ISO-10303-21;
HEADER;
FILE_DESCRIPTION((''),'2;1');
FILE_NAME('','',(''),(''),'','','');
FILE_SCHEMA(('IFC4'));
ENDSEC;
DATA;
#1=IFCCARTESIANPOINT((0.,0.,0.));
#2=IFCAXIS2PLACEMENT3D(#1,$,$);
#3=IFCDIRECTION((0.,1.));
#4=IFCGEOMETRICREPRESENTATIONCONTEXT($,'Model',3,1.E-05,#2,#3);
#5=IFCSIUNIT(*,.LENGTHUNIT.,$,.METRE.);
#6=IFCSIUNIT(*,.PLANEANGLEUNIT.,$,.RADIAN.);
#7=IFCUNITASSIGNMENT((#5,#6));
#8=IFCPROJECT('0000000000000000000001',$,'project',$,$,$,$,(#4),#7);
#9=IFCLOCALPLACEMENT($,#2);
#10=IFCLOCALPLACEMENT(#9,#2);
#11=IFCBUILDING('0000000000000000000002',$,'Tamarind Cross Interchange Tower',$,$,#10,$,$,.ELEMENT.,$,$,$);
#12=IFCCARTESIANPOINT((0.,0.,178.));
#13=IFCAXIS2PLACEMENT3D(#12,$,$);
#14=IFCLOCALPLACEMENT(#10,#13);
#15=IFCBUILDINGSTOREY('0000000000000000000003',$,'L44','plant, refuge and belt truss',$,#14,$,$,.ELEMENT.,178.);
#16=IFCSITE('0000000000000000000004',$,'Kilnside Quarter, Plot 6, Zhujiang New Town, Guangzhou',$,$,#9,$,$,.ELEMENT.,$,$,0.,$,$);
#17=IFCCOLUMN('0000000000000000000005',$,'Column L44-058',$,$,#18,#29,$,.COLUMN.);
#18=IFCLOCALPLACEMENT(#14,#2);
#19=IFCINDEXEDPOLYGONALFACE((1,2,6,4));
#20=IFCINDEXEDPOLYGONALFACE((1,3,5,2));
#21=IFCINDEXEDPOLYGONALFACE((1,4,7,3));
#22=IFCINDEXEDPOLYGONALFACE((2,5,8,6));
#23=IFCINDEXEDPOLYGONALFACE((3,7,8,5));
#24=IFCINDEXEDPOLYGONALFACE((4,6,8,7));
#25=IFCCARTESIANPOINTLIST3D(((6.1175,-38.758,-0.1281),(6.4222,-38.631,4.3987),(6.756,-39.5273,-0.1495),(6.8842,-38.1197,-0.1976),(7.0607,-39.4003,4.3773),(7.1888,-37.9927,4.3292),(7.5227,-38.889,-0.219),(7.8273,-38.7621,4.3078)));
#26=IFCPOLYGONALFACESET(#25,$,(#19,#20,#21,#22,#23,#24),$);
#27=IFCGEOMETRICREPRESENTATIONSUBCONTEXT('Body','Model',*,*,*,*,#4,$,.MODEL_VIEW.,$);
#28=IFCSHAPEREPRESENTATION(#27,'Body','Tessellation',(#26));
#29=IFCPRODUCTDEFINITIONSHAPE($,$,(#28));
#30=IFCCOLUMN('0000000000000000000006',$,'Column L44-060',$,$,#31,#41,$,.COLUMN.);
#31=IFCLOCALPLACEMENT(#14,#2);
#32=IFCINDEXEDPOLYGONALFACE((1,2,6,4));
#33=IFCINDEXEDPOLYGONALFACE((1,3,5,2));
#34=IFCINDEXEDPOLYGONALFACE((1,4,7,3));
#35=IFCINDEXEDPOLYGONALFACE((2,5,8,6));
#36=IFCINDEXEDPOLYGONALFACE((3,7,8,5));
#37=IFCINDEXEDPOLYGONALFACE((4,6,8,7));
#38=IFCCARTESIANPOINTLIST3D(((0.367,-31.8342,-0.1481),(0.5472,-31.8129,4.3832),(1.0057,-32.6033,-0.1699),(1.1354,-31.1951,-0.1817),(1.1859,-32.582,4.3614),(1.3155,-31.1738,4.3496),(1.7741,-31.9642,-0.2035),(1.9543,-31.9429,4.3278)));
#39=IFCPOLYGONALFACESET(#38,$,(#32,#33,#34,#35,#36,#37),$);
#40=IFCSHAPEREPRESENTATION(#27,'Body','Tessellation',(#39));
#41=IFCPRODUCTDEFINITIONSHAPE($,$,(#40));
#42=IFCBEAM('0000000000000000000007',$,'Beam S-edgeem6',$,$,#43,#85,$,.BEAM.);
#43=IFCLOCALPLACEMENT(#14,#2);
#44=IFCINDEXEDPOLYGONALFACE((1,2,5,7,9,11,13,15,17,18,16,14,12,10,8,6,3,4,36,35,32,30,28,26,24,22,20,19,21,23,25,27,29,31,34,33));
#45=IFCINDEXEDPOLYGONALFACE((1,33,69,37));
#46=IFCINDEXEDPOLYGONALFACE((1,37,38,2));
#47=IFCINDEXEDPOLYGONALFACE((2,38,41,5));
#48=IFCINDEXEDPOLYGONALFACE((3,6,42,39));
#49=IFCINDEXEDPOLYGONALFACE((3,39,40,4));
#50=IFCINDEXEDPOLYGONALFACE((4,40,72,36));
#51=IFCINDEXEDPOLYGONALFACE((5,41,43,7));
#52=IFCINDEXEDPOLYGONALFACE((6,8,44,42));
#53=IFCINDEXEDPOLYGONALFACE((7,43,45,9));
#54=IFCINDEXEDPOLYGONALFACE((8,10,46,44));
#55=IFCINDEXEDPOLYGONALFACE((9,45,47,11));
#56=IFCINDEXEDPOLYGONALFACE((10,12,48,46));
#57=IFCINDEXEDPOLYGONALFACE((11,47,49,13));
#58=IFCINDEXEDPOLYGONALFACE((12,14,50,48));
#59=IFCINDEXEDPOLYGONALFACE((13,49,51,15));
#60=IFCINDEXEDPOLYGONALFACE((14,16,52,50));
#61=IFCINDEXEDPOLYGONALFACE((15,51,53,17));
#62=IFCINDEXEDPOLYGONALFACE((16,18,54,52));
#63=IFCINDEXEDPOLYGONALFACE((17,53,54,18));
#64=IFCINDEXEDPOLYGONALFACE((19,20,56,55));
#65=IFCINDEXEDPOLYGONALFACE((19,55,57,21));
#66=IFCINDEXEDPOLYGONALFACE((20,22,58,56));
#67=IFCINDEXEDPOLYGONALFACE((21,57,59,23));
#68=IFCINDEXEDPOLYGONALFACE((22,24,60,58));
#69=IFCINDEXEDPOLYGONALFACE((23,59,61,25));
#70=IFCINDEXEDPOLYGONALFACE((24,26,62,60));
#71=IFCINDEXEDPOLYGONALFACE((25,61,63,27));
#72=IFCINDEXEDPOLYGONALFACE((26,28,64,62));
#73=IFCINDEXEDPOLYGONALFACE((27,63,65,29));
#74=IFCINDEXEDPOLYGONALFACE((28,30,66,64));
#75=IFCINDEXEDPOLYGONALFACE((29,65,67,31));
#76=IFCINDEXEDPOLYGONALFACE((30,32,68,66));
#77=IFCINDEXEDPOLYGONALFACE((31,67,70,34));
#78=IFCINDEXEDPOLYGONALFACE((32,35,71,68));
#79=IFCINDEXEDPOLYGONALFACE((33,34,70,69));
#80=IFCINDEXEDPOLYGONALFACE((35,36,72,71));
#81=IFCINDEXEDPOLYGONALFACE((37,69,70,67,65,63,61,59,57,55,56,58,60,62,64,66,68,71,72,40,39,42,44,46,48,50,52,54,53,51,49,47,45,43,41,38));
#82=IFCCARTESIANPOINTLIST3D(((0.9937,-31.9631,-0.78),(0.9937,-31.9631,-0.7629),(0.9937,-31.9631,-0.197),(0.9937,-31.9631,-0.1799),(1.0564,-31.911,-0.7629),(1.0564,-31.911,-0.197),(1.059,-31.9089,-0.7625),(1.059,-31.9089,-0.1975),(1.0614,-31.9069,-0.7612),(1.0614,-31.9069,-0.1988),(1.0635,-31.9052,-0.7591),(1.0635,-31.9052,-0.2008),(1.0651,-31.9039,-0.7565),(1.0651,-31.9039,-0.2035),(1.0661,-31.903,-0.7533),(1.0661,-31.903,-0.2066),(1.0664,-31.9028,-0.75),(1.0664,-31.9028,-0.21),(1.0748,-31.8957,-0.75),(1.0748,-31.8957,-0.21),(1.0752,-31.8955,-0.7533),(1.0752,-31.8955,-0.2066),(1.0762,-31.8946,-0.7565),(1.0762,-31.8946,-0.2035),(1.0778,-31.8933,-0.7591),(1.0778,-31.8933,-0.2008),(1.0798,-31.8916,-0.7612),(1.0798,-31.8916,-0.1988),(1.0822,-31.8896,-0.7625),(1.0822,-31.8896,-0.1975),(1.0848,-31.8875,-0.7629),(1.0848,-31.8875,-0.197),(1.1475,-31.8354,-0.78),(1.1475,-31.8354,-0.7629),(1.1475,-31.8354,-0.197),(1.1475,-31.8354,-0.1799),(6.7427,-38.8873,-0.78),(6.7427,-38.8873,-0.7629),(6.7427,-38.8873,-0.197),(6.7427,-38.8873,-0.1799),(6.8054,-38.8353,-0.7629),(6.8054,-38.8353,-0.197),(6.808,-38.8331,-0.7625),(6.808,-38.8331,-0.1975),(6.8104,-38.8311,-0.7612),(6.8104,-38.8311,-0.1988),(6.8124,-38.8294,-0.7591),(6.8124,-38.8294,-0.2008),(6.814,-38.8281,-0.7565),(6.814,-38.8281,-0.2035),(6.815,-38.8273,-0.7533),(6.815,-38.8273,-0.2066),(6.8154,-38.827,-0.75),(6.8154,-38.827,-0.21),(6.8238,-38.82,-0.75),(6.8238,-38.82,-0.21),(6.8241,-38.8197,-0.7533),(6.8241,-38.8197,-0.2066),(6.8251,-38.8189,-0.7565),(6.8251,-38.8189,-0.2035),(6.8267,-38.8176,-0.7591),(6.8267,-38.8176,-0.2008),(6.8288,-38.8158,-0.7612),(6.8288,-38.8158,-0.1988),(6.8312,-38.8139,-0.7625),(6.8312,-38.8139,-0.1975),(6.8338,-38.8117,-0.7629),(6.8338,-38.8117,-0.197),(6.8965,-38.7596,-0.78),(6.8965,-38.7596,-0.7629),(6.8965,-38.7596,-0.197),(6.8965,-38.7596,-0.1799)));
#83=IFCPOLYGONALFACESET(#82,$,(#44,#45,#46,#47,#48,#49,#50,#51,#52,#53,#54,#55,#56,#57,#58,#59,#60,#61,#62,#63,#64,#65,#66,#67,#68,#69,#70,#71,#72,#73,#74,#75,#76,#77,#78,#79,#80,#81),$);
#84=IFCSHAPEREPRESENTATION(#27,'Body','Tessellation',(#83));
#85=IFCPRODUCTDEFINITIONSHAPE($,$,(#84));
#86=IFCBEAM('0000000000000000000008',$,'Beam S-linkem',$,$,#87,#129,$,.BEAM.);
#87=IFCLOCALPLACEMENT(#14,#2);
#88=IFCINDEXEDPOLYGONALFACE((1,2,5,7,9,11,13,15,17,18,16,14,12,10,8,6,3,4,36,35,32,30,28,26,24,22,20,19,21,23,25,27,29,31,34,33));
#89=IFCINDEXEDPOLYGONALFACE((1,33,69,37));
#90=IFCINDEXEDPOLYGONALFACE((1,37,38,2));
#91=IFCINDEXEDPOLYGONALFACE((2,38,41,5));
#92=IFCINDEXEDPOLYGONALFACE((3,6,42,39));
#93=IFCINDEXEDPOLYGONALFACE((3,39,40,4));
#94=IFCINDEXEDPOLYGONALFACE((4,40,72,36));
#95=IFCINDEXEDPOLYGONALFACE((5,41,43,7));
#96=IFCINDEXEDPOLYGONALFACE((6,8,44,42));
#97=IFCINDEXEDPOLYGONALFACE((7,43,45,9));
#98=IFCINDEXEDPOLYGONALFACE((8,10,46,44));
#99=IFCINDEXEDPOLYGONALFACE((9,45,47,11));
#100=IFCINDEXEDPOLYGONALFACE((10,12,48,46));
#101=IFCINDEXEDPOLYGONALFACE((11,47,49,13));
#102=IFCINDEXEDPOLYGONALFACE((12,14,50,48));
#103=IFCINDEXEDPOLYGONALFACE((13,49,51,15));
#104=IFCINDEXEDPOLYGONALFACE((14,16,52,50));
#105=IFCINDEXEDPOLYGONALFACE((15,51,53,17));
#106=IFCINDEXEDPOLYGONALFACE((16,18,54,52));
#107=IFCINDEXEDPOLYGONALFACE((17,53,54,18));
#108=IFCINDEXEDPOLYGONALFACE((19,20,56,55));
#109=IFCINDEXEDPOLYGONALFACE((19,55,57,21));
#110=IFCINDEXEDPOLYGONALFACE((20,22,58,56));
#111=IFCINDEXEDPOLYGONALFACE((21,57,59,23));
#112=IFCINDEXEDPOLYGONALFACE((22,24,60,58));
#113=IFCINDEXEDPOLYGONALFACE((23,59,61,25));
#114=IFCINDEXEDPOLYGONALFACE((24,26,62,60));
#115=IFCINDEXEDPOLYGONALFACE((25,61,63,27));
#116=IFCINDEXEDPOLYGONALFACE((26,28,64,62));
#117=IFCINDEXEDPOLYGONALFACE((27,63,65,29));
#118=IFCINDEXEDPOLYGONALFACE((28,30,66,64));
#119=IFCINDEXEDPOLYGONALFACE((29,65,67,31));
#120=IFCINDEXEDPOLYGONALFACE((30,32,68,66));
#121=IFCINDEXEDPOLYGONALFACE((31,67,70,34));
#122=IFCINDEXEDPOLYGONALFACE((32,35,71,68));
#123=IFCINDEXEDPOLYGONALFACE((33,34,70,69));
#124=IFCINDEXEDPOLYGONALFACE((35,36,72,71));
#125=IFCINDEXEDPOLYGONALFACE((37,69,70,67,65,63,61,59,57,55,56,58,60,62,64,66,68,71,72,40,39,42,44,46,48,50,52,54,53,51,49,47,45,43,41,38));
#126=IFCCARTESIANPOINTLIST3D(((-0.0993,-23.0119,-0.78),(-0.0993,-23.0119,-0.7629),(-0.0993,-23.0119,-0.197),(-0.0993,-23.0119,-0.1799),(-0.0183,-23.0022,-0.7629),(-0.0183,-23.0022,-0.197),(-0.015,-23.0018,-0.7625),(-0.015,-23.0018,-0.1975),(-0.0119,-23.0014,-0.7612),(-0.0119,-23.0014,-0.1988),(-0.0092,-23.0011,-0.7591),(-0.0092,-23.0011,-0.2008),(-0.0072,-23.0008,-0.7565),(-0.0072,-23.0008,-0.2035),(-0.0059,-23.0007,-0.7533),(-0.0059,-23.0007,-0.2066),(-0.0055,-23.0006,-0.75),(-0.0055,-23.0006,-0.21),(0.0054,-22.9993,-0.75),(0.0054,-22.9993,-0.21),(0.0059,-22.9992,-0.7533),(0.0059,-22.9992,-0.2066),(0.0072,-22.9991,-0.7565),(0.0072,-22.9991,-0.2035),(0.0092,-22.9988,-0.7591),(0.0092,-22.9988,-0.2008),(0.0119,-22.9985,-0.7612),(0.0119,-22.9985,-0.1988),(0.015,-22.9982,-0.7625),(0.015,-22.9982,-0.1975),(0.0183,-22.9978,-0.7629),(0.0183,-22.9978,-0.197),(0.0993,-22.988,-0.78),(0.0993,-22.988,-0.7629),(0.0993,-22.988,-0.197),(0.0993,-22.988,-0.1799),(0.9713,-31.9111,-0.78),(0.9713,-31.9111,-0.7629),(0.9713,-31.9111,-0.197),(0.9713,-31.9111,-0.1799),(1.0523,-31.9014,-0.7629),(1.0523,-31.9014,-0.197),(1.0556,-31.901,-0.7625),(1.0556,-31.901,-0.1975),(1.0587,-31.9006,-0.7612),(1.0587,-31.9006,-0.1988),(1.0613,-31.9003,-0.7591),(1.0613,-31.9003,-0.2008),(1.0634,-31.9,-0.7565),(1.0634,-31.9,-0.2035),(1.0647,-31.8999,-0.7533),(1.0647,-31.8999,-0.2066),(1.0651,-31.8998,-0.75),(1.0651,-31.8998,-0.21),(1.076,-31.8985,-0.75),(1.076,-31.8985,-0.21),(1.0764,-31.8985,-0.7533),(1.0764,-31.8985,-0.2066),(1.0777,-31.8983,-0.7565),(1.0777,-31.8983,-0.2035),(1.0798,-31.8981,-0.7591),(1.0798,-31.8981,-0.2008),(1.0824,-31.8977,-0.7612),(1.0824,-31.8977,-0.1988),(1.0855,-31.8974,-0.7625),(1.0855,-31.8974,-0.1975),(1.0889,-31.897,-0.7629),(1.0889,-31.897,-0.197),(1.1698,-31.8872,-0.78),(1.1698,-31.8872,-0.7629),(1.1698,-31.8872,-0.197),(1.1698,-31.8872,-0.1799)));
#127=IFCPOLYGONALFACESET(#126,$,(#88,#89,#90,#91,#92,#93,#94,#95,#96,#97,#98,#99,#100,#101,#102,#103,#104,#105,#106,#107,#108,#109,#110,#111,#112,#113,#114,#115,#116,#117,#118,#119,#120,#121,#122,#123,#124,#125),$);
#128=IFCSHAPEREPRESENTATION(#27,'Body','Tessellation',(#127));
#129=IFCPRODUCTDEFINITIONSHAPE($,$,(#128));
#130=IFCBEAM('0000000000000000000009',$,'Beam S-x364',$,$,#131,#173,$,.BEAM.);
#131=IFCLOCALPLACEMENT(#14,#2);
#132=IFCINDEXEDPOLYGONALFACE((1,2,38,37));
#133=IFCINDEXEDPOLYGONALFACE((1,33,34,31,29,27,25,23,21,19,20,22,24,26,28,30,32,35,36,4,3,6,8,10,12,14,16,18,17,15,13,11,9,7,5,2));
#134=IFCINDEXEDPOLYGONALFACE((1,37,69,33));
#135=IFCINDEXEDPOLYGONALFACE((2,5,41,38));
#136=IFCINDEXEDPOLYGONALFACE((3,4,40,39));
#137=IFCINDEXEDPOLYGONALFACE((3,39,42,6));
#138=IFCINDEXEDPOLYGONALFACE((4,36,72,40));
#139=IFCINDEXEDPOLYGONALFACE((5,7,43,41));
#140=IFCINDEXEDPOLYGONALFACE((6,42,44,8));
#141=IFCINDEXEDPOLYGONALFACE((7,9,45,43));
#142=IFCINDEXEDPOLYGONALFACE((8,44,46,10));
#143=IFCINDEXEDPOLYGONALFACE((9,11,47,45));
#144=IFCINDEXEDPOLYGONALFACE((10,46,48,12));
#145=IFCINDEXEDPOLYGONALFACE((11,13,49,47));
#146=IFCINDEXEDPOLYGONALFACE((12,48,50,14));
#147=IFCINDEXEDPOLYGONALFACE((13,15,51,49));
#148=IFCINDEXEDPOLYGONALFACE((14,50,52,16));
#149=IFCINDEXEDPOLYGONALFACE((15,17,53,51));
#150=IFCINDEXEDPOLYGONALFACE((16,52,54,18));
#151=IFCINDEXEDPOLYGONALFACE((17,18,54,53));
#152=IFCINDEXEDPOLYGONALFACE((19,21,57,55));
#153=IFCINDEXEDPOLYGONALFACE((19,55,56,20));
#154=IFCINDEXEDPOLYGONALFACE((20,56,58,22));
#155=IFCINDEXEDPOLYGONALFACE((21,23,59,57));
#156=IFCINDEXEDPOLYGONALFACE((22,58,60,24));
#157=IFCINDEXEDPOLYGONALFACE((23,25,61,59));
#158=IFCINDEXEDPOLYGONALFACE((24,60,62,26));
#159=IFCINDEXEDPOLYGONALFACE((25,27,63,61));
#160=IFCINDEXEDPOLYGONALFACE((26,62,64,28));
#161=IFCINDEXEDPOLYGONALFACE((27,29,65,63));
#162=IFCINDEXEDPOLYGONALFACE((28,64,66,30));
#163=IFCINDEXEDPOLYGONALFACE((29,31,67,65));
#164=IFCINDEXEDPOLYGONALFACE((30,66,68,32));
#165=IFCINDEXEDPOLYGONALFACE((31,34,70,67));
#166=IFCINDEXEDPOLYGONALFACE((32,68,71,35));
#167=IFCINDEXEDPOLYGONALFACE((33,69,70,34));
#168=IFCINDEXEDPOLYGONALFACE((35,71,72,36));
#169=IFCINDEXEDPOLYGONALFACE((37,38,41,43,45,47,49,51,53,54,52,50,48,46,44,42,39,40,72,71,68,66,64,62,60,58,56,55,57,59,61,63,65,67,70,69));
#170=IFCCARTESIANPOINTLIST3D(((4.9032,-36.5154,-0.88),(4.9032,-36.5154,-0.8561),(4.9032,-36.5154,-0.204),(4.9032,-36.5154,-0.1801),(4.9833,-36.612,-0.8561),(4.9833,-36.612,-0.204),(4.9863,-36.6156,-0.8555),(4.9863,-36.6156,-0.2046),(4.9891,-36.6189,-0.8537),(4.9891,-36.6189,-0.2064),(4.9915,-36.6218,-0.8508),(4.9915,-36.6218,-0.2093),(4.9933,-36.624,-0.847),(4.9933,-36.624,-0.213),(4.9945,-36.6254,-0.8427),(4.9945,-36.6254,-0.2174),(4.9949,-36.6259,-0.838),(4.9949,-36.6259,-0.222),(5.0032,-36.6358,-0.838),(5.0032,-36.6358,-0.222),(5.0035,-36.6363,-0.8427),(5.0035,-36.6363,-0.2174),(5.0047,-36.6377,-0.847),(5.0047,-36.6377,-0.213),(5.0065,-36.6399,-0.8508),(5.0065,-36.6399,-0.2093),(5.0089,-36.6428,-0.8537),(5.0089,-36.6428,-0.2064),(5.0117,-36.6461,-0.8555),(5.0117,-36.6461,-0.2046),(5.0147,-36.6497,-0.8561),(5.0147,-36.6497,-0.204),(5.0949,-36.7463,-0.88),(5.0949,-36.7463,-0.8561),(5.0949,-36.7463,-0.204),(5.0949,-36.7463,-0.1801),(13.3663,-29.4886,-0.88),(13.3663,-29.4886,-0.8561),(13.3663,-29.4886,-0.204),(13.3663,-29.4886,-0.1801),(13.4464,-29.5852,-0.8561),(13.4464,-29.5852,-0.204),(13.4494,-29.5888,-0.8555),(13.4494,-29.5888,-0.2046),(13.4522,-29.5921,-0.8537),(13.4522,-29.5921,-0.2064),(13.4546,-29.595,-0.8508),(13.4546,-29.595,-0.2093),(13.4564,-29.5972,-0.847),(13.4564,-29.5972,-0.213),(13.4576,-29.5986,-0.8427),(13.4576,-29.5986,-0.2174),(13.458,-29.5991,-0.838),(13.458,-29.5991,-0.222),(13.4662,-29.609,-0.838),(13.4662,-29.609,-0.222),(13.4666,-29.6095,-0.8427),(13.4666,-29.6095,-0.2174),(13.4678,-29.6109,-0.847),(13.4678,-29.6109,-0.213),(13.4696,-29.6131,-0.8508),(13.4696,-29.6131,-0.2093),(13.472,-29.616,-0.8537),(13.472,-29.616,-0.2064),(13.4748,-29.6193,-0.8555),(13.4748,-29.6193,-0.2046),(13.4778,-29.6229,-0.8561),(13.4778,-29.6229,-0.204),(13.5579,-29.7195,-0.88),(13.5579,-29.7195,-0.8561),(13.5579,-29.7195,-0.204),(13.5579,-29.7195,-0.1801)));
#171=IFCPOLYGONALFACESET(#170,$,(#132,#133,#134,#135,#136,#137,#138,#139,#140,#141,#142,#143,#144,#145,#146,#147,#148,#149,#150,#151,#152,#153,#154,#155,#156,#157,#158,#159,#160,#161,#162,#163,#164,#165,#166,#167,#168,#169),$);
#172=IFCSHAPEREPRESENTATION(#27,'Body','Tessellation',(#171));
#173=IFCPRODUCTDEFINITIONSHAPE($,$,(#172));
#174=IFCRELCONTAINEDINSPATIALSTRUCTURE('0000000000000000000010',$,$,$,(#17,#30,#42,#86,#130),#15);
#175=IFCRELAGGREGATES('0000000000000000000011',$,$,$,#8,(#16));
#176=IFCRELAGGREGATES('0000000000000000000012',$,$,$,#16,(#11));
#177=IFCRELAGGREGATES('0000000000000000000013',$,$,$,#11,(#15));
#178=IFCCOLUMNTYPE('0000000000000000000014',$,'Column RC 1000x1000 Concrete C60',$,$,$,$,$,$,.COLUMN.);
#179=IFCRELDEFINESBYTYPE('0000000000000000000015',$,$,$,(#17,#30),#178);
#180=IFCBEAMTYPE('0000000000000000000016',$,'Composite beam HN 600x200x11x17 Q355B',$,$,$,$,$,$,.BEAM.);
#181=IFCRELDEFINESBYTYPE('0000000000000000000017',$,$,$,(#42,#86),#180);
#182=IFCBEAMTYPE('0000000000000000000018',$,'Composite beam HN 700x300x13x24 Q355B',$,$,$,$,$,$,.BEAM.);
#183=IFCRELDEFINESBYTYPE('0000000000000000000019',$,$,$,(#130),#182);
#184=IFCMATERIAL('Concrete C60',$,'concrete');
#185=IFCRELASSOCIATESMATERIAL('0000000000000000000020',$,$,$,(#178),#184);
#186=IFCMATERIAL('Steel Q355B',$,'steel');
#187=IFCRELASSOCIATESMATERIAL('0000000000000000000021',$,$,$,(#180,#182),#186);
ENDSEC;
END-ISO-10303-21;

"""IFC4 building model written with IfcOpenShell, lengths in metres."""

from ifc_helpers import new_model, si_unit, direction, frame, origin, origin_2d, place, context, subcontext, project, spatial, rectangle, i_section, extrude, material, material_profile, profile_set, type_object, element, save


model = new_model("IFC4")

# Units and contexts
model_context = context("Model", 3, precision=1e-05, world=origin(), true_north=direction((0.0, 1.0)))
body_context = subcontext(model_context, "Body", "Model", "MODEL_VIEW")
ifc_project = project(units=[si_unit("LENGTHUNIT", "METRE"), si_unit("PLANEANGLEUNIT", "RADIAN")], contexts=[model_context])

# Site, building, storey
site_placement = place(None, origin())
site = spatial("IfcSite", under=ifc_project, at=site_placement, Name="Kilnside Quarter, Plot 6, Zhujiang New Town, Guangzhou", CompositionType="ELEMENT", RefElevation=0.0)
building_placement = place(site_placement, origin())
building = spatial("IfcBuilding", under=site, at=building_placement, Name="Tamarind Cross Interchange Tower", CompositionType="ELEMENT")
storey_placement = place(building_placement, frame((0.0, 0.0, 178.0)))
storey = spatial("IfcBuildingStorey", under=building, at=storey_placement, Name="L44", Description="plant, refuge and belt truss", CompositionType="ELEMENT", Elevation=178.0)

# Columns
ifc_material_1 = material(Name="Concrete C60", Category="concrete")
ifc_material_profile_1 = material_profile(ifc_material_1, rectangle(XDim=1.0, YDim=1.0, at=origin_2d()), Name="RC 1000x1000")
ifc_profile_set_1 = profile_set([ifc_material_profile_1], Name="Concrete C60")
column_type = type_object("IfcColumnType", Name="Column RC 1000x1000 Concrete C60", PredefinedType="COLUMN", material=ifc_profile_set_1)
column_1_placement = place(storey_placement, frame((6.8201, -38.8235, -0.1736), z_axis=(0.067128, 0.02797, 0.997352), x_axis=(-0.638504, 0.769321, 0.0214)))
element("IfcColumn", 1, at=column_1_placement, inside=storey, type_object=column_type, Name="Column L44-058", PredefinedType="COLUMN", context=body_context, shape_type="SweptSolid", body=[
    extrude(rectangle(XDim=1.0, YDim=1.0, at=origin_2d()), origin(), (0.0, 0.0, 1.0), 4.5388),
])
column_2_placement = place(storey_placement, frame((1.0706, -31.8992, -0.1758), z_axis=(0.039731, 0.004684, 0.999199), x_axis=(-0.638757, 0.7691, 0.021794)))
element("IfcColumn", 2, at=column_2_placement, inside=storey, type_object=column_type, Name="Column L44-060", PredefinedType="COLUMN", context=body_context, shape_type="SweptSolid", body=[
    extrude(rectangle(XDim=1.0, YDim=1.0, at=origin_2d()), origin(), (0.0, 0.0, 1.0), 4.5349),
])

# Beams
ifc_material_2 = material(Name="Steel Q355B", Category="steel")
ifc_material_profile_2 = material_profile(ifc_material_2, i_section(OverallWidth=0.2, OverallDepth=0.6001, WebThickness=0.011, FlangeThickness=0.0171, FilletRadius=0.0129, at=origin_2d()), Name="HN 600x200x11x17")
ifc_profile_set_2 = profile_set([ifc_material_profile_2], Name="Steel Q355B")
beam_type_1 = type_object("IfcBeamType", Name="Composite beam HN 600x200x11x17 Q355B", PredefinedType="BEAM", material=ifc_profile_set_2)
beam_1_placement = place(storey_placement, frame((6.8196, -38.8235, -0.48), z_axis=(-0.638791, 0.769381, 0.0), x_axis=(-0.769381, -0.638791, 0.0)))
element("IfcBeam", 3, at=beam_1_placement, inside=storey, type_object=beam_type_1, Name="Beam S-edgeem6", PredefinedType="BEAM", context=body_context, shape_type="SweptSolid", body=[
    extrude(i_section(OverallWidth=0.2, OverallDepth=0.6001, WebThickness=0.011, FlangeThickness=0.0171, FilletRadius=0.0129, at=origin_2d()), origin(), (0.0, 0.0, 1.0), 8.9998),
])
beam_2_placement = place(storey_placement, frame((1.0706, -31.8992, -0.48), z_axis=(-0.119437, 0.992842, 0.0), x_axis=(-0.992842, -0.119437, 0.0)))
element("IfcBeam", 4, at=beam_2_placement, inside=storey, type_object=beam_type_1, Name="Beam S-linkem", PredefinedType="BEAM", context=body_context, shape_type="SweptSolid", body=[
    extrude(i_section(OverallWidth=0.2, OverallDepth=0.6001, WebThickness=0.011, FlangeThickness=0.0171, FilletRadius=0.0129, at=origin_2d()), origin(), (0.0, 0.0, 1.0), 8.9634),
])
ifc_material_profile_3 = material_profile(ifc_material_2, i_section(OverallWidth=0.3, OverallDepth=0.7, WebThickness=0.0129, FlangeThickness=0.0239, FilletRadius=0.0181, at=origin_2d()), Name="HN 700x300x13x24")
ifc_profile_set_3 = profile_set([ifc_material_profile_3], Name="Steel Q355B")
beam_type_2 = type_object("IfcBeamType", Name="Composite beam HN 700x300x13x24 Q355B", PredefinedType="BEAM", material=ifc_profile_set_3)
for number, where, z_axis, x_axis, name in (
    (5, (4.999, -36.6309, -0.53), (0.769372, 0.638801, 0.0), (-0.638801, 0.769372, 0.0), "Beam S-x364"),
):
    element("IfcBeam", number, at=place(storey_placement, frame(where, z_axis=z_axis, x_axis=x_axis)), inside=storey, type_object=beam_type_2, Name=name, PredefinedType="BEAM", context=body_context, shape_type="SweptSolid", body=[
        extrude(i_section(OverallWidth=0.3, OverallDepth=0.7, WebThickness=0.0129, FlangeThickness=0.0239, FilletRadius=0.0181, at=origin_2d()), origin(), (0.0, 0.0, 1.0), 11.0),
    ])

save(model, "model.ifc")
